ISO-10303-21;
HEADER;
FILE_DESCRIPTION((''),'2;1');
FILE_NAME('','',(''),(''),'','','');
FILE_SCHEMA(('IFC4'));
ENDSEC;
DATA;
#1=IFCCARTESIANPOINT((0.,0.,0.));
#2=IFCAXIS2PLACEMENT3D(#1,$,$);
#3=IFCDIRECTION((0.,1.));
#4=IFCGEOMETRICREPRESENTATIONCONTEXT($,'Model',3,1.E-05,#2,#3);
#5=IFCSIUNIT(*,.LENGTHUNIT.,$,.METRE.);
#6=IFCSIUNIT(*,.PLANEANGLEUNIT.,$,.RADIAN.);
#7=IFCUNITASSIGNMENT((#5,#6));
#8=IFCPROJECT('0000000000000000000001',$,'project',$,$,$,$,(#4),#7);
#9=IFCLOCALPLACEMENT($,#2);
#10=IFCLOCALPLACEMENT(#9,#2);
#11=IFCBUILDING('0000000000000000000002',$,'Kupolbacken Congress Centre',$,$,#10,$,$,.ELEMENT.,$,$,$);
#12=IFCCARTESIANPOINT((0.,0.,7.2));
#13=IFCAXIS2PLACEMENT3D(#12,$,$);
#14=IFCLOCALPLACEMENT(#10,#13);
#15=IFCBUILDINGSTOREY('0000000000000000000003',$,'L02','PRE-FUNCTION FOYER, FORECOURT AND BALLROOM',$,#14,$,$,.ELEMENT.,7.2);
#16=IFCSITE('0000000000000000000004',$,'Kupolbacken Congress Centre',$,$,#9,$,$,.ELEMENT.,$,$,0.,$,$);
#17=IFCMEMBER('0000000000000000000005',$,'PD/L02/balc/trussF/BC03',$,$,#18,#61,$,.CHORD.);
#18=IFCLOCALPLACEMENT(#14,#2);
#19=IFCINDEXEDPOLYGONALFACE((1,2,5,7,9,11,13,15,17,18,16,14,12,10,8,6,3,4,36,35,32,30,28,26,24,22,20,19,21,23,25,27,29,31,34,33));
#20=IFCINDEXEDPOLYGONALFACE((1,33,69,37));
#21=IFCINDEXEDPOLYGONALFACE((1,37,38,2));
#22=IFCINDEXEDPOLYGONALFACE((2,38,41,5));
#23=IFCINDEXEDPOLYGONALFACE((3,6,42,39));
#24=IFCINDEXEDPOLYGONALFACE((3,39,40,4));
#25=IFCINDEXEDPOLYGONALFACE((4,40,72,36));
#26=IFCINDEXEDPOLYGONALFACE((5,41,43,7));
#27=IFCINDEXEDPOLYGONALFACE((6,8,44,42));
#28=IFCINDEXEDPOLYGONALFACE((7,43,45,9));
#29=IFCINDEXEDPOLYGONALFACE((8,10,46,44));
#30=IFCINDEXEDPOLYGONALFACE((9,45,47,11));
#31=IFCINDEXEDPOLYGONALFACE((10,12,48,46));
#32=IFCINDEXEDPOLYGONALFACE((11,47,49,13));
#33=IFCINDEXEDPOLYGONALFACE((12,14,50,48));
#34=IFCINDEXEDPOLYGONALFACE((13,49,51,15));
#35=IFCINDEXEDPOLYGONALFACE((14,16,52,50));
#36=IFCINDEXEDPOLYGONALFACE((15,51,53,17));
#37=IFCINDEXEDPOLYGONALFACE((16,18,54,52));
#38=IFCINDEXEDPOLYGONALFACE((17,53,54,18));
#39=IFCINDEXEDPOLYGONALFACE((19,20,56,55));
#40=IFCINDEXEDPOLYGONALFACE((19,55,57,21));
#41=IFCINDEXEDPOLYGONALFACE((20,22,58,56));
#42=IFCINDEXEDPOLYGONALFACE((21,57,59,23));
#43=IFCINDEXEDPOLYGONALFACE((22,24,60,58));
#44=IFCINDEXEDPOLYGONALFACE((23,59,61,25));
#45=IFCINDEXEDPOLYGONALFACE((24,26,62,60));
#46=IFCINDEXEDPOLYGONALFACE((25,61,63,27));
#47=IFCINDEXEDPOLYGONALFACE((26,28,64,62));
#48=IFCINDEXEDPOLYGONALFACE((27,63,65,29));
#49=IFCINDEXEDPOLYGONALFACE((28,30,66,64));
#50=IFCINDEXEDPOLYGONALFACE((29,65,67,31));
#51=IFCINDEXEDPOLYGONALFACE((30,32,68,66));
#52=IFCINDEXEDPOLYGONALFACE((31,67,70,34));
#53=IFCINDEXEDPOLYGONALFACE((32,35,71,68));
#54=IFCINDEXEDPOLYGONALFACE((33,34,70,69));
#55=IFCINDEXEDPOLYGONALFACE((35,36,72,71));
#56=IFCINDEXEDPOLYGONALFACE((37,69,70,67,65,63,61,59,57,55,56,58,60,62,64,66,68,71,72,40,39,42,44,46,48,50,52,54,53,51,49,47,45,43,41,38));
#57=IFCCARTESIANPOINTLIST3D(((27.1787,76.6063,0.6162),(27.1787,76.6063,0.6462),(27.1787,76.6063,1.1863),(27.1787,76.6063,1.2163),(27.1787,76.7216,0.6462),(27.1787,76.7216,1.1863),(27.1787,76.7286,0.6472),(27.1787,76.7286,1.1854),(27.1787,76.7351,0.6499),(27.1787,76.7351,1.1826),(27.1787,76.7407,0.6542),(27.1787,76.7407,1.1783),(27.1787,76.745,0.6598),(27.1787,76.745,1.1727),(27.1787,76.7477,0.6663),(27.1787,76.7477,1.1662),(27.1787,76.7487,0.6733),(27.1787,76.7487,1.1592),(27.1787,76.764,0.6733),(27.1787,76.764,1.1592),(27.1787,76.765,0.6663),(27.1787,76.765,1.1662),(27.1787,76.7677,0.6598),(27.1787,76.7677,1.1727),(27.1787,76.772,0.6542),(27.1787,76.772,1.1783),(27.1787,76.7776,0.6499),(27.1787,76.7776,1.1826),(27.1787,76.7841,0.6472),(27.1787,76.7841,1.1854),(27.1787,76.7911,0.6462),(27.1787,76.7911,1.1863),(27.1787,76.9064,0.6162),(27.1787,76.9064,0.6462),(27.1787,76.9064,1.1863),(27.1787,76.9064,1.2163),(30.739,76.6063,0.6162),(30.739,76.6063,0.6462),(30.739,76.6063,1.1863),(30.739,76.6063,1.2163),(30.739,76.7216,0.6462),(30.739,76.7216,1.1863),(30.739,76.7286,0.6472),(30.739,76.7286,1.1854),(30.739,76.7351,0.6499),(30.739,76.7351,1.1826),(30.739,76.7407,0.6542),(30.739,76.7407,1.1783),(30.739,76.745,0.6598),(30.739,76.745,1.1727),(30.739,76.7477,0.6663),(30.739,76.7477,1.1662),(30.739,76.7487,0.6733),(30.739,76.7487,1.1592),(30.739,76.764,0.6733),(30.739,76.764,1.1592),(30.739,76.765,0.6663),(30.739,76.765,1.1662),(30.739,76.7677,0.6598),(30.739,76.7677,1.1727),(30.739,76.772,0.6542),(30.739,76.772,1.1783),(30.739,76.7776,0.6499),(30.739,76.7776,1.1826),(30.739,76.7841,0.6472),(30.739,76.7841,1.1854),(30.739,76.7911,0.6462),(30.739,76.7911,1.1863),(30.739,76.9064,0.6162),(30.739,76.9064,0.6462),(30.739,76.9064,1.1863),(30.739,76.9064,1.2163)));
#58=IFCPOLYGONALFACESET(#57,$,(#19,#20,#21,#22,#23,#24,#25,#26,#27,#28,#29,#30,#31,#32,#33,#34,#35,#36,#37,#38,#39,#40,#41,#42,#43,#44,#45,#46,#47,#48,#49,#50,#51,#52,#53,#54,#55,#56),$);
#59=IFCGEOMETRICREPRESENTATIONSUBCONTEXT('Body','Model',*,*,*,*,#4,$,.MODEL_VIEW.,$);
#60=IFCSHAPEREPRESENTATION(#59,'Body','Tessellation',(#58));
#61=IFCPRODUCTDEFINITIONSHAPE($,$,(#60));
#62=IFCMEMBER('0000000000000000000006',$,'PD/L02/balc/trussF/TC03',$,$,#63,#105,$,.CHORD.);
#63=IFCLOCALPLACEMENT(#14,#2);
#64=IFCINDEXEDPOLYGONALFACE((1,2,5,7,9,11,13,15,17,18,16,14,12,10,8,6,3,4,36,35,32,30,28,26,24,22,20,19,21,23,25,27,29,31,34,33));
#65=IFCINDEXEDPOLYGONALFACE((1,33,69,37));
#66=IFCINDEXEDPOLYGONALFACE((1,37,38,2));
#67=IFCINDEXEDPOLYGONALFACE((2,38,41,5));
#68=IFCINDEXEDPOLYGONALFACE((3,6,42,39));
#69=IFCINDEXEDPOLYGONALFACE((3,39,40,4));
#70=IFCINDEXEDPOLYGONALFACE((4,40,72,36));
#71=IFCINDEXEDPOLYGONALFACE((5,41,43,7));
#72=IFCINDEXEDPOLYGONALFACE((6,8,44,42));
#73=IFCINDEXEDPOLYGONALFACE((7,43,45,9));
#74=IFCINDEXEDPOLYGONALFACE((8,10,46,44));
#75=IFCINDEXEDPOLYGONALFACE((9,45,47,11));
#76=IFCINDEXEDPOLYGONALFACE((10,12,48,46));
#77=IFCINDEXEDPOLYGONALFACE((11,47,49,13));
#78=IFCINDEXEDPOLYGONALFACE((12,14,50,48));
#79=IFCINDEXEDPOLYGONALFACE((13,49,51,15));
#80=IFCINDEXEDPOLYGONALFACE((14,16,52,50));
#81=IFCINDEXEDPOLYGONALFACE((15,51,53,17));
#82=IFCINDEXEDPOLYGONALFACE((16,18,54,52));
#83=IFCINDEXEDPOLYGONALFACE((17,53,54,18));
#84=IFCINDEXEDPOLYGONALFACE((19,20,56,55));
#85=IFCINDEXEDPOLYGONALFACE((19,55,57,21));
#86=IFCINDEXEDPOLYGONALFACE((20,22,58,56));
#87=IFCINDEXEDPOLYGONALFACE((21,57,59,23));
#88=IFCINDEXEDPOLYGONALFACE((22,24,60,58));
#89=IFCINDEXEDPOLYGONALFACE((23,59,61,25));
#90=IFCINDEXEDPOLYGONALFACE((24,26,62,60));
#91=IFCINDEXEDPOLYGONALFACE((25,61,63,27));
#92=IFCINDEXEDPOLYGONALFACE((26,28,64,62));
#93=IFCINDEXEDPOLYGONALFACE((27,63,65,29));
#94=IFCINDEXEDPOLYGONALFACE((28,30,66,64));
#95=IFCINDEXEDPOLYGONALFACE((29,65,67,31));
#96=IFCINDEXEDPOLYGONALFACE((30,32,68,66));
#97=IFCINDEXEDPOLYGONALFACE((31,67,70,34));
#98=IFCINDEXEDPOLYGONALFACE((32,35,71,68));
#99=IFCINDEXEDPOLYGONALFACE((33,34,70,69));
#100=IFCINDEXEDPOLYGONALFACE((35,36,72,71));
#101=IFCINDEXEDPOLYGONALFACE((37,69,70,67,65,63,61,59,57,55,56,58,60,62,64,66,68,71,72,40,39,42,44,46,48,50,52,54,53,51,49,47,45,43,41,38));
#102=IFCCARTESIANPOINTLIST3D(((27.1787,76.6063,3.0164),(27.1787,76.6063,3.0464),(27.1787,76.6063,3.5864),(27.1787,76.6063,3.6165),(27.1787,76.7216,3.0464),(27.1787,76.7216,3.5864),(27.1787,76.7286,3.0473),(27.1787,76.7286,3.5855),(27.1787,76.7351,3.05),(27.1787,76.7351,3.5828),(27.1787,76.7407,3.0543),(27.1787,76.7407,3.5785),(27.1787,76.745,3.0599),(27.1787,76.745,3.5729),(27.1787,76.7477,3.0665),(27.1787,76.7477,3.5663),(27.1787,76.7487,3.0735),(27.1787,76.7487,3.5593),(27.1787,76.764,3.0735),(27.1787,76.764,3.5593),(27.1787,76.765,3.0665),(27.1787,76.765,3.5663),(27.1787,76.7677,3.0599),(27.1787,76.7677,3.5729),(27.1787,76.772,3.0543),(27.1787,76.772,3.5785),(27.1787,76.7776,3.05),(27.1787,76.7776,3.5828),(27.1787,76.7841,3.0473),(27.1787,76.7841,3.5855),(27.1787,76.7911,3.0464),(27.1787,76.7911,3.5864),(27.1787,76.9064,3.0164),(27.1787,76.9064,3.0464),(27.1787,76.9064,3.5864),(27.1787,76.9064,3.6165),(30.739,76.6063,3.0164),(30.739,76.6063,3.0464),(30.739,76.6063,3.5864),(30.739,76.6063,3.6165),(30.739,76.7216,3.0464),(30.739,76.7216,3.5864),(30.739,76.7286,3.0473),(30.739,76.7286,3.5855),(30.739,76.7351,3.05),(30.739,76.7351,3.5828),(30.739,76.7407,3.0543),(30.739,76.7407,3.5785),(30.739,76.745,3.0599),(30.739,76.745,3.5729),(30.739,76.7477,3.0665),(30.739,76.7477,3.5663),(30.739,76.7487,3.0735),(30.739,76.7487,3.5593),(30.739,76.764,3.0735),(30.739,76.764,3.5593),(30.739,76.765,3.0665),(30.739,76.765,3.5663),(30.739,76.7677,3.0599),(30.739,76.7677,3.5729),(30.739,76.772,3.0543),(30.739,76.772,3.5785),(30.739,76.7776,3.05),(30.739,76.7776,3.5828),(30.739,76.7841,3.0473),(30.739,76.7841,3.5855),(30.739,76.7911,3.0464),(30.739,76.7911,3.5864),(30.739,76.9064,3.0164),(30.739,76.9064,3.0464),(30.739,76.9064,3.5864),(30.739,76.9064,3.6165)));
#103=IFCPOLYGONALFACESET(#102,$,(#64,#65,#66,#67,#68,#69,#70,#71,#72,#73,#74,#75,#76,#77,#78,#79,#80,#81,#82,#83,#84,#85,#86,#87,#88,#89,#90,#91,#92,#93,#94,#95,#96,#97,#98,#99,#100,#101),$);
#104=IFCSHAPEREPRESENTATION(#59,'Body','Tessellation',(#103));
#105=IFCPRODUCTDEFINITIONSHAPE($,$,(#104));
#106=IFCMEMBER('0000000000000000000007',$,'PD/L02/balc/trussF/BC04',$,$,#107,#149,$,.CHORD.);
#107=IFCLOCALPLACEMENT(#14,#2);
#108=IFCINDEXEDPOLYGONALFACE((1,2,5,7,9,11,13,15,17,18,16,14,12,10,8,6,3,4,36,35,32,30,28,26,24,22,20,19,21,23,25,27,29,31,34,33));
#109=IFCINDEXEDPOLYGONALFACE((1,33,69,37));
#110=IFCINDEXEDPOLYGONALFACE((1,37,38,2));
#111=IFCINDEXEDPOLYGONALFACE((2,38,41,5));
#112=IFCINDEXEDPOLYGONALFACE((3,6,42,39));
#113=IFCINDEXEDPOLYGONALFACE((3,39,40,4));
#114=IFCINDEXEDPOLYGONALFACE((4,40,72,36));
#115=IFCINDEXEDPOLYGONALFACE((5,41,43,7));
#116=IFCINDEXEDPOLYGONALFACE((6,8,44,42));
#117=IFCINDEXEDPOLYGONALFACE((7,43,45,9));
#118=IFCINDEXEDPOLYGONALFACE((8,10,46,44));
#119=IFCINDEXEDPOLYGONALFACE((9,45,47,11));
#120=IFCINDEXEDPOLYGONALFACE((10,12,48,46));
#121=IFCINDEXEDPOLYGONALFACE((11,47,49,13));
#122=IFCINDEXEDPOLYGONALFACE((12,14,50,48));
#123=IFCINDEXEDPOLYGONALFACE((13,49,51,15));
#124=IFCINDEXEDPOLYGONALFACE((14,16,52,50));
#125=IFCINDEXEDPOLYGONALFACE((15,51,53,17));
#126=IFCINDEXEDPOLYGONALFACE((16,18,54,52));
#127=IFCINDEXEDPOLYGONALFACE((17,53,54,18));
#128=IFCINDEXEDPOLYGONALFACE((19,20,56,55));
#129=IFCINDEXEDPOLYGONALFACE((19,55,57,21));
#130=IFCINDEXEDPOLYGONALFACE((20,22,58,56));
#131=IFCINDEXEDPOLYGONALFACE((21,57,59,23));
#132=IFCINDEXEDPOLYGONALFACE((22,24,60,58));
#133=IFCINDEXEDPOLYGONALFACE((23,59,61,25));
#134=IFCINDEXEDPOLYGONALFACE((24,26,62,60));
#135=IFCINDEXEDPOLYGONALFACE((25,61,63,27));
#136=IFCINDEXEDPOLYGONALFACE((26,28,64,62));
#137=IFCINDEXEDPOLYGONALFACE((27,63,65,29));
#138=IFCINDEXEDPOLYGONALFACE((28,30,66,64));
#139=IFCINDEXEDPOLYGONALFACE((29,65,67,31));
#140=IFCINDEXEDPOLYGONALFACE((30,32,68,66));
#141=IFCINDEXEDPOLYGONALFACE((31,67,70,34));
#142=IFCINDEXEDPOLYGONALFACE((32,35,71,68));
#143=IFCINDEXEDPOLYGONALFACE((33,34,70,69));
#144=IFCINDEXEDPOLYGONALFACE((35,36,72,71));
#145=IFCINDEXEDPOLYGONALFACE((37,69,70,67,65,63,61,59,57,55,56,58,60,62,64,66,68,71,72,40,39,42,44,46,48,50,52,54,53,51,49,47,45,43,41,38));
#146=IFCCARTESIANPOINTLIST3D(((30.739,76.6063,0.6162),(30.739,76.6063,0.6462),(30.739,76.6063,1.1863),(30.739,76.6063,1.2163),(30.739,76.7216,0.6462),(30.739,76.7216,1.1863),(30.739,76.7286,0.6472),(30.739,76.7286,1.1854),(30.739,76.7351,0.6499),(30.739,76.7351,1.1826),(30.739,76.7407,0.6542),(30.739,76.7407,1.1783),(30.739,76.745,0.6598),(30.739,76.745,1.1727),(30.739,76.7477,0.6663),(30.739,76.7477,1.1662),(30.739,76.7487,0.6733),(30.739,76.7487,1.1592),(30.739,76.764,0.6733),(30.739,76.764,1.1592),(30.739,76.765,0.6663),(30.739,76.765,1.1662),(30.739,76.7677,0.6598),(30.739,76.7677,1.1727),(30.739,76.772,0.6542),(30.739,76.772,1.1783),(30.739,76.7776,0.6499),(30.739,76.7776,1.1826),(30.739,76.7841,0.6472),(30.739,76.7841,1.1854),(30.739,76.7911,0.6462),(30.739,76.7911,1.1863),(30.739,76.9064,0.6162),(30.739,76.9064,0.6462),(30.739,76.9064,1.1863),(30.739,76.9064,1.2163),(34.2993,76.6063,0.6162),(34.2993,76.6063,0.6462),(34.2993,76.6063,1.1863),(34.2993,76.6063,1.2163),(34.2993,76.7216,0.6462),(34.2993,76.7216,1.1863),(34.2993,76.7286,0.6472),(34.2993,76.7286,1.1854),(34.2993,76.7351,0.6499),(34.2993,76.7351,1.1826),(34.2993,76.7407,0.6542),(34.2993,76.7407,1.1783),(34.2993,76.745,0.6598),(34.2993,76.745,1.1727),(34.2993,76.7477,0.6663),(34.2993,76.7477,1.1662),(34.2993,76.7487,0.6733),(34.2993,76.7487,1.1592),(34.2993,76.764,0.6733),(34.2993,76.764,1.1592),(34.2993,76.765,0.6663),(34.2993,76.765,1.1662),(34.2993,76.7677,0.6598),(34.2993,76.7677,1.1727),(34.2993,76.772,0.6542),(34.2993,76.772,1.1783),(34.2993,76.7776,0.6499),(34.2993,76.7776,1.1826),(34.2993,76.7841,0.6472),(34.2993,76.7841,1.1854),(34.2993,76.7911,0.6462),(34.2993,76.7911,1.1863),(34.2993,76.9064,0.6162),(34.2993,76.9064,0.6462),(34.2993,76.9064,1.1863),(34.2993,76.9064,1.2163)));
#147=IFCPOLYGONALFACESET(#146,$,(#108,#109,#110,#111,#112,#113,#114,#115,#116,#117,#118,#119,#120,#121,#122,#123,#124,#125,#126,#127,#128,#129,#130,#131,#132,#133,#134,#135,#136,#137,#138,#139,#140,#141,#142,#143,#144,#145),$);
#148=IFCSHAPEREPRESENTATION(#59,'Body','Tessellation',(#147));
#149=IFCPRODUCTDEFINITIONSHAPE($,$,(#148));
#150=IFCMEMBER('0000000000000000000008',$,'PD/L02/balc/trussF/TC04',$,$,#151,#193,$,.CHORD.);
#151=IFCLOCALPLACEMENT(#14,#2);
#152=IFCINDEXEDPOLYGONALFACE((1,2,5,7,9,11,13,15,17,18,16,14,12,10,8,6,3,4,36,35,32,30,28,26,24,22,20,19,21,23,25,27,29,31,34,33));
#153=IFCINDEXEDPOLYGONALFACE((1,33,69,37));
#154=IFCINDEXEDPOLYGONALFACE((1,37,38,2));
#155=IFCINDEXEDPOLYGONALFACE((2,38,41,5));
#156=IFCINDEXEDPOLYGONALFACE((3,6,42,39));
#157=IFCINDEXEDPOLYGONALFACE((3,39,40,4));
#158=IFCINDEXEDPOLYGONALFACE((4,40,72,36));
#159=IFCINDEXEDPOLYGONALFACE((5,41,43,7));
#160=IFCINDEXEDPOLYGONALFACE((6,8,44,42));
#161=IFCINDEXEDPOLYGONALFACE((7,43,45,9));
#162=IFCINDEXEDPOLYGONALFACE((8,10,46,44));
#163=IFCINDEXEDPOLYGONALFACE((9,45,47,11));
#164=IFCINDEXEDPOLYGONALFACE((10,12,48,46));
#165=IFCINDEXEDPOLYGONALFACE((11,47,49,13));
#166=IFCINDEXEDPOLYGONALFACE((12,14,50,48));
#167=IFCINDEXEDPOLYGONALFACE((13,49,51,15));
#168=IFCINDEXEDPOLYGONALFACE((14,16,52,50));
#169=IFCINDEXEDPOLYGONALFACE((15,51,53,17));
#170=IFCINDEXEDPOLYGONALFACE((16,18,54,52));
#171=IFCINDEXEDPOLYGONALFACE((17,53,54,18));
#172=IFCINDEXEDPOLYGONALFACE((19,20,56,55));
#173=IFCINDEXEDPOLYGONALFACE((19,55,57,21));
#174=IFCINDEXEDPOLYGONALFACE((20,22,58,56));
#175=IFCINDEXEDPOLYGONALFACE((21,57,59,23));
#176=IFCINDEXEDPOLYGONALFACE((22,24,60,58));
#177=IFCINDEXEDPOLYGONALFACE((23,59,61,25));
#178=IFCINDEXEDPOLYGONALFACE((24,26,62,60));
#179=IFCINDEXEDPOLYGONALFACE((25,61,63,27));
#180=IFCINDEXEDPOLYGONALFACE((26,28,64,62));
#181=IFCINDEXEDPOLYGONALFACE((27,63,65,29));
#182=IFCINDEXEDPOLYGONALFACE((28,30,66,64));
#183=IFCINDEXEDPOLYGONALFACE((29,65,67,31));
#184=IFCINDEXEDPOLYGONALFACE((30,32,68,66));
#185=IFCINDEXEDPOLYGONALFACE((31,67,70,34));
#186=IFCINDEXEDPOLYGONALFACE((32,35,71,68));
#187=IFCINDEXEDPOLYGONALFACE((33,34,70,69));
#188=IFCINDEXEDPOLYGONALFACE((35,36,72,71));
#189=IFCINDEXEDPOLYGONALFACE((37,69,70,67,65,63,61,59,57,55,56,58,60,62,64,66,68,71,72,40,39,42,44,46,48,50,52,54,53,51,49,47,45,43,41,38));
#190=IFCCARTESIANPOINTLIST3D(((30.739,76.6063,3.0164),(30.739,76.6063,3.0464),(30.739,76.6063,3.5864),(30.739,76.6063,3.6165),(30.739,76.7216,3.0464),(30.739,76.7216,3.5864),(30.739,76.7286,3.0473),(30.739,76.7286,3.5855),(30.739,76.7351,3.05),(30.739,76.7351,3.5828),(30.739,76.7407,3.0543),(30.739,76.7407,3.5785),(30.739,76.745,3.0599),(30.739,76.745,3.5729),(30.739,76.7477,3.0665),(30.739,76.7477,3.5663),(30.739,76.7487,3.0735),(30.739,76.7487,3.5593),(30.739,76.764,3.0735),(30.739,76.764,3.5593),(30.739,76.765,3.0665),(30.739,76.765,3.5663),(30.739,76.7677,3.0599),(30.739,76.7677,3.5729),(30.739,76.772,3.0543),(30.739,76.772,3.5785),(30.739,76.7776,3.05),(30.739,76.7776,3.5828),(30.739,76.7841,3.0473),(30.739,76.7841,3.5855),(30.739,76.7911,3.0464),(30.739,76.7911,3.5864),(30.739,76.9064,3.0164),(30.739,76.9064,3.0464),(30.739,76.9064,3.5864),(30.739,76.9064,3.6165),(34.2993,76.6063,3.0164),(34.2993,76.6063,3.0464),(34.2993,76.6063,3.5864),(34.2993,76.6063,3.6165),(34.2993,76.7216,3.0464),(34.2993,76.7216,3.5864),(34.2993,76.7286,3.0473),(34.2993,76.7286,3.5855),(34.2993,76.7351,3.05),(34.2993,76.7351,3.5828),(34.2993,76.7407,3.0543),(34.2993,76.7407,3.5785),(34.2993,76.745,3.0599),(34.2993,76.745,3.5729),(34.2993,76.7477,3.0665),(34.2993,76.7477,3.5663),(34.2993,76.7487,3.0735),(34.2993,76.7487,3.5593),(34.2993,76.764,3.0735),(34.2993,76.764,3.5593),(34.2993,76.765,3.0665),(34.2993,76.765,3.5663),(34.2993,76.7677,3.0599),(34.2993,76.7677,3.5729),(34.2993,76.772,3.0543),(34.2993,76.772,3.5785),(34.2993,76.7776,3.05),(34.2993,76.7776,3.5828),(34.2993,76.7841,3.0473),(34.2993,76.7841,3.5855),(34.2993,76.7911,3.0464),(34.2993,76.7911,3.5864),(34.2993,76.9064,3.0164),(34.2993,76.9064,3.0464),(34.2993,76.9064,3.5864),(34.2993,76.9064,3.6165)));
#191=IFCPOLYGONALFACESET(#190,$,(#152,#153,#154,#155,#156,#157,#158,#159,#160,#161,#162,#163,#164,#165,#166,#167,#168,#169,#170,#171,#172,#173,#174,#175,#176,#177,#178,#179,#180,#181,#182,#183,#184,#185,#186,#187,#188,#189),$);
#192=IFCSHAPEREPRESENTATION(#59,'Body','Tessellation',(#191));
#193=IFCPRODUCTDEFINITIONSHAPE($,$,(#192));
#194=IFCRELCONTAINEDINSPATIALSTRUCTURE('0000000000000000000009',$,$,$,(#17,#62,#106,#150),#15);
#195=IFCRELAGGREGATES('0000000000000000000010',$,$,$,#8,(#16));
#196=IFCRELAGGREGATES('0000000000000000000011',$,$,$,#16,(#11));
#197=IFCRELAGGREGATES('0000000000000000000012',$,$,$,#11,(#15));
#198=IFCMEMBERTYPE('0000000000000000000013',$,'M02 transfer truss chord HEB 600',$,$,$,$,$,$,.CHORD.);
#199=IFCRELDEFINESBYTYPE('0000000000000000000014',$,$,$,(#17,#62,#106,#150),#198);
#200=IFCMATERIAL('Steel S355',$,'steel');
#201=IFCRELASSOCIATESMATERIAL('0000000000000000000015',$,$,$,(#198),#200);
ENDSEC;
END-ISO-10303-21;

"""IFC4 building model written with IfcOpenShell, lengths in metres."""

from ifc_helpers import new_model, si_unit, direction, frame, origin, origin_2d, place, context, subcontext, project, spatial, i_section, extrude, material, material_profile, profile_set, type_object, element, save


model = new_model("IFC4")

# Units and contexts
model_context = context("Model", 3, precision=1e-05, world=origin(), true_north=direction((0.0, 1.0)))
body_context = subcontext(model_context, "Body", "Model", "MODEL_VIEW")
ifc_project = project(units=[si_unit("LENGTHUNIT", "METRE"), si_unit("PLANEANGLEUNIT", "RADIAN")], contexts=[model_context])

# Site, building, storey
site_placement = place(None, origin())
site = spatial("IfcSite", under=ifc_project, at=site_placement, Name="Kupolbacken Congress Centre", CompositionType="ELEMENT", RefElevation=0.0)
building_placement = place(site_placement, origin())
building = spatial("IfcBuilding", under=site, at=building_placement, Name="Kupolbacken Congress Centre", CompositionType="ELEMENT")
storey_placement = place(building_placement, frame((0.0, 0.0, 7.2)))
storey = spatial("IfcBuildingStorey", under=building, at=storey_placement, Name="L02", Description="PRE-FUNCTION FOYER, FORECOURT AND BALLROOM", CompositionType="ELEMENT", Elevation=7.2)

# Members
ifc_material_1 = material(Name="Steel S355", Category="steel")
ifc_material_profile_1 = material_profile(ifc_material_1, i_section(OverallWidth=0.3, OverallDepth=0.6001, WebThickness=0.0154, FlangeThickness=0.03, FilletRadius=0.0271, at=origin_2d()), Name="HEB 600")
ifc_profile_set_1 = profile_set([ifc_material_profile_1], Name="Steel S355")
member_type_1 = type_object("IfcMemberType", Name="M02 transfer truss chord HEB 600", PredefinedType="CHORD", material=ifc_profile_set_1)
for number, where, z_axis, x_axis, name in (
    (1, (27.1787, 76.7563, 0.9163), (1.0, 0.0, 0.0), (0.0, 1.0, 0.0), "PD/L02/balc/trussF/BC03"),
    (2, (27.1787, 76.7563, 3.3164), (1.0, 0.0, 0.0), (0.0, 1.0, 0.0), "PD/L02/balc/trussF/TC03"),
    (3, (30.739, 76.7563, 0.9163), (1.0, 0.0, 0.0), (0.0, 1.0, 0.0), "PD/L02/balc/trussF/BC04"),
    (4, (30.739, 76.7563, 3.3164), (1.0, 0.0, 0.0), (0.0, 1.0, 0.0), "PD/L02/balc/trussF/TC04"),
):
    element("IfcMember", number, at=place(storey_placement, frame(where, z_axis=z_axis, x_axis=x_axis)), inside=storey, type_object=member_type_1, Name=name, PredefinedType="CHORD", context=body_context, shape_type="SweptSolid", body=[
        extrude(i_section(OverallWidth=0.3, OverallDepth=0.6001, WebThickness=0.0154, FlangeThickness=0.03, FilletRadius=0.0271, at=origin_2d()), origin(), (0.0, 0.0, 1.0), 3.5603),
    ])

save(model, "model.ifc")
